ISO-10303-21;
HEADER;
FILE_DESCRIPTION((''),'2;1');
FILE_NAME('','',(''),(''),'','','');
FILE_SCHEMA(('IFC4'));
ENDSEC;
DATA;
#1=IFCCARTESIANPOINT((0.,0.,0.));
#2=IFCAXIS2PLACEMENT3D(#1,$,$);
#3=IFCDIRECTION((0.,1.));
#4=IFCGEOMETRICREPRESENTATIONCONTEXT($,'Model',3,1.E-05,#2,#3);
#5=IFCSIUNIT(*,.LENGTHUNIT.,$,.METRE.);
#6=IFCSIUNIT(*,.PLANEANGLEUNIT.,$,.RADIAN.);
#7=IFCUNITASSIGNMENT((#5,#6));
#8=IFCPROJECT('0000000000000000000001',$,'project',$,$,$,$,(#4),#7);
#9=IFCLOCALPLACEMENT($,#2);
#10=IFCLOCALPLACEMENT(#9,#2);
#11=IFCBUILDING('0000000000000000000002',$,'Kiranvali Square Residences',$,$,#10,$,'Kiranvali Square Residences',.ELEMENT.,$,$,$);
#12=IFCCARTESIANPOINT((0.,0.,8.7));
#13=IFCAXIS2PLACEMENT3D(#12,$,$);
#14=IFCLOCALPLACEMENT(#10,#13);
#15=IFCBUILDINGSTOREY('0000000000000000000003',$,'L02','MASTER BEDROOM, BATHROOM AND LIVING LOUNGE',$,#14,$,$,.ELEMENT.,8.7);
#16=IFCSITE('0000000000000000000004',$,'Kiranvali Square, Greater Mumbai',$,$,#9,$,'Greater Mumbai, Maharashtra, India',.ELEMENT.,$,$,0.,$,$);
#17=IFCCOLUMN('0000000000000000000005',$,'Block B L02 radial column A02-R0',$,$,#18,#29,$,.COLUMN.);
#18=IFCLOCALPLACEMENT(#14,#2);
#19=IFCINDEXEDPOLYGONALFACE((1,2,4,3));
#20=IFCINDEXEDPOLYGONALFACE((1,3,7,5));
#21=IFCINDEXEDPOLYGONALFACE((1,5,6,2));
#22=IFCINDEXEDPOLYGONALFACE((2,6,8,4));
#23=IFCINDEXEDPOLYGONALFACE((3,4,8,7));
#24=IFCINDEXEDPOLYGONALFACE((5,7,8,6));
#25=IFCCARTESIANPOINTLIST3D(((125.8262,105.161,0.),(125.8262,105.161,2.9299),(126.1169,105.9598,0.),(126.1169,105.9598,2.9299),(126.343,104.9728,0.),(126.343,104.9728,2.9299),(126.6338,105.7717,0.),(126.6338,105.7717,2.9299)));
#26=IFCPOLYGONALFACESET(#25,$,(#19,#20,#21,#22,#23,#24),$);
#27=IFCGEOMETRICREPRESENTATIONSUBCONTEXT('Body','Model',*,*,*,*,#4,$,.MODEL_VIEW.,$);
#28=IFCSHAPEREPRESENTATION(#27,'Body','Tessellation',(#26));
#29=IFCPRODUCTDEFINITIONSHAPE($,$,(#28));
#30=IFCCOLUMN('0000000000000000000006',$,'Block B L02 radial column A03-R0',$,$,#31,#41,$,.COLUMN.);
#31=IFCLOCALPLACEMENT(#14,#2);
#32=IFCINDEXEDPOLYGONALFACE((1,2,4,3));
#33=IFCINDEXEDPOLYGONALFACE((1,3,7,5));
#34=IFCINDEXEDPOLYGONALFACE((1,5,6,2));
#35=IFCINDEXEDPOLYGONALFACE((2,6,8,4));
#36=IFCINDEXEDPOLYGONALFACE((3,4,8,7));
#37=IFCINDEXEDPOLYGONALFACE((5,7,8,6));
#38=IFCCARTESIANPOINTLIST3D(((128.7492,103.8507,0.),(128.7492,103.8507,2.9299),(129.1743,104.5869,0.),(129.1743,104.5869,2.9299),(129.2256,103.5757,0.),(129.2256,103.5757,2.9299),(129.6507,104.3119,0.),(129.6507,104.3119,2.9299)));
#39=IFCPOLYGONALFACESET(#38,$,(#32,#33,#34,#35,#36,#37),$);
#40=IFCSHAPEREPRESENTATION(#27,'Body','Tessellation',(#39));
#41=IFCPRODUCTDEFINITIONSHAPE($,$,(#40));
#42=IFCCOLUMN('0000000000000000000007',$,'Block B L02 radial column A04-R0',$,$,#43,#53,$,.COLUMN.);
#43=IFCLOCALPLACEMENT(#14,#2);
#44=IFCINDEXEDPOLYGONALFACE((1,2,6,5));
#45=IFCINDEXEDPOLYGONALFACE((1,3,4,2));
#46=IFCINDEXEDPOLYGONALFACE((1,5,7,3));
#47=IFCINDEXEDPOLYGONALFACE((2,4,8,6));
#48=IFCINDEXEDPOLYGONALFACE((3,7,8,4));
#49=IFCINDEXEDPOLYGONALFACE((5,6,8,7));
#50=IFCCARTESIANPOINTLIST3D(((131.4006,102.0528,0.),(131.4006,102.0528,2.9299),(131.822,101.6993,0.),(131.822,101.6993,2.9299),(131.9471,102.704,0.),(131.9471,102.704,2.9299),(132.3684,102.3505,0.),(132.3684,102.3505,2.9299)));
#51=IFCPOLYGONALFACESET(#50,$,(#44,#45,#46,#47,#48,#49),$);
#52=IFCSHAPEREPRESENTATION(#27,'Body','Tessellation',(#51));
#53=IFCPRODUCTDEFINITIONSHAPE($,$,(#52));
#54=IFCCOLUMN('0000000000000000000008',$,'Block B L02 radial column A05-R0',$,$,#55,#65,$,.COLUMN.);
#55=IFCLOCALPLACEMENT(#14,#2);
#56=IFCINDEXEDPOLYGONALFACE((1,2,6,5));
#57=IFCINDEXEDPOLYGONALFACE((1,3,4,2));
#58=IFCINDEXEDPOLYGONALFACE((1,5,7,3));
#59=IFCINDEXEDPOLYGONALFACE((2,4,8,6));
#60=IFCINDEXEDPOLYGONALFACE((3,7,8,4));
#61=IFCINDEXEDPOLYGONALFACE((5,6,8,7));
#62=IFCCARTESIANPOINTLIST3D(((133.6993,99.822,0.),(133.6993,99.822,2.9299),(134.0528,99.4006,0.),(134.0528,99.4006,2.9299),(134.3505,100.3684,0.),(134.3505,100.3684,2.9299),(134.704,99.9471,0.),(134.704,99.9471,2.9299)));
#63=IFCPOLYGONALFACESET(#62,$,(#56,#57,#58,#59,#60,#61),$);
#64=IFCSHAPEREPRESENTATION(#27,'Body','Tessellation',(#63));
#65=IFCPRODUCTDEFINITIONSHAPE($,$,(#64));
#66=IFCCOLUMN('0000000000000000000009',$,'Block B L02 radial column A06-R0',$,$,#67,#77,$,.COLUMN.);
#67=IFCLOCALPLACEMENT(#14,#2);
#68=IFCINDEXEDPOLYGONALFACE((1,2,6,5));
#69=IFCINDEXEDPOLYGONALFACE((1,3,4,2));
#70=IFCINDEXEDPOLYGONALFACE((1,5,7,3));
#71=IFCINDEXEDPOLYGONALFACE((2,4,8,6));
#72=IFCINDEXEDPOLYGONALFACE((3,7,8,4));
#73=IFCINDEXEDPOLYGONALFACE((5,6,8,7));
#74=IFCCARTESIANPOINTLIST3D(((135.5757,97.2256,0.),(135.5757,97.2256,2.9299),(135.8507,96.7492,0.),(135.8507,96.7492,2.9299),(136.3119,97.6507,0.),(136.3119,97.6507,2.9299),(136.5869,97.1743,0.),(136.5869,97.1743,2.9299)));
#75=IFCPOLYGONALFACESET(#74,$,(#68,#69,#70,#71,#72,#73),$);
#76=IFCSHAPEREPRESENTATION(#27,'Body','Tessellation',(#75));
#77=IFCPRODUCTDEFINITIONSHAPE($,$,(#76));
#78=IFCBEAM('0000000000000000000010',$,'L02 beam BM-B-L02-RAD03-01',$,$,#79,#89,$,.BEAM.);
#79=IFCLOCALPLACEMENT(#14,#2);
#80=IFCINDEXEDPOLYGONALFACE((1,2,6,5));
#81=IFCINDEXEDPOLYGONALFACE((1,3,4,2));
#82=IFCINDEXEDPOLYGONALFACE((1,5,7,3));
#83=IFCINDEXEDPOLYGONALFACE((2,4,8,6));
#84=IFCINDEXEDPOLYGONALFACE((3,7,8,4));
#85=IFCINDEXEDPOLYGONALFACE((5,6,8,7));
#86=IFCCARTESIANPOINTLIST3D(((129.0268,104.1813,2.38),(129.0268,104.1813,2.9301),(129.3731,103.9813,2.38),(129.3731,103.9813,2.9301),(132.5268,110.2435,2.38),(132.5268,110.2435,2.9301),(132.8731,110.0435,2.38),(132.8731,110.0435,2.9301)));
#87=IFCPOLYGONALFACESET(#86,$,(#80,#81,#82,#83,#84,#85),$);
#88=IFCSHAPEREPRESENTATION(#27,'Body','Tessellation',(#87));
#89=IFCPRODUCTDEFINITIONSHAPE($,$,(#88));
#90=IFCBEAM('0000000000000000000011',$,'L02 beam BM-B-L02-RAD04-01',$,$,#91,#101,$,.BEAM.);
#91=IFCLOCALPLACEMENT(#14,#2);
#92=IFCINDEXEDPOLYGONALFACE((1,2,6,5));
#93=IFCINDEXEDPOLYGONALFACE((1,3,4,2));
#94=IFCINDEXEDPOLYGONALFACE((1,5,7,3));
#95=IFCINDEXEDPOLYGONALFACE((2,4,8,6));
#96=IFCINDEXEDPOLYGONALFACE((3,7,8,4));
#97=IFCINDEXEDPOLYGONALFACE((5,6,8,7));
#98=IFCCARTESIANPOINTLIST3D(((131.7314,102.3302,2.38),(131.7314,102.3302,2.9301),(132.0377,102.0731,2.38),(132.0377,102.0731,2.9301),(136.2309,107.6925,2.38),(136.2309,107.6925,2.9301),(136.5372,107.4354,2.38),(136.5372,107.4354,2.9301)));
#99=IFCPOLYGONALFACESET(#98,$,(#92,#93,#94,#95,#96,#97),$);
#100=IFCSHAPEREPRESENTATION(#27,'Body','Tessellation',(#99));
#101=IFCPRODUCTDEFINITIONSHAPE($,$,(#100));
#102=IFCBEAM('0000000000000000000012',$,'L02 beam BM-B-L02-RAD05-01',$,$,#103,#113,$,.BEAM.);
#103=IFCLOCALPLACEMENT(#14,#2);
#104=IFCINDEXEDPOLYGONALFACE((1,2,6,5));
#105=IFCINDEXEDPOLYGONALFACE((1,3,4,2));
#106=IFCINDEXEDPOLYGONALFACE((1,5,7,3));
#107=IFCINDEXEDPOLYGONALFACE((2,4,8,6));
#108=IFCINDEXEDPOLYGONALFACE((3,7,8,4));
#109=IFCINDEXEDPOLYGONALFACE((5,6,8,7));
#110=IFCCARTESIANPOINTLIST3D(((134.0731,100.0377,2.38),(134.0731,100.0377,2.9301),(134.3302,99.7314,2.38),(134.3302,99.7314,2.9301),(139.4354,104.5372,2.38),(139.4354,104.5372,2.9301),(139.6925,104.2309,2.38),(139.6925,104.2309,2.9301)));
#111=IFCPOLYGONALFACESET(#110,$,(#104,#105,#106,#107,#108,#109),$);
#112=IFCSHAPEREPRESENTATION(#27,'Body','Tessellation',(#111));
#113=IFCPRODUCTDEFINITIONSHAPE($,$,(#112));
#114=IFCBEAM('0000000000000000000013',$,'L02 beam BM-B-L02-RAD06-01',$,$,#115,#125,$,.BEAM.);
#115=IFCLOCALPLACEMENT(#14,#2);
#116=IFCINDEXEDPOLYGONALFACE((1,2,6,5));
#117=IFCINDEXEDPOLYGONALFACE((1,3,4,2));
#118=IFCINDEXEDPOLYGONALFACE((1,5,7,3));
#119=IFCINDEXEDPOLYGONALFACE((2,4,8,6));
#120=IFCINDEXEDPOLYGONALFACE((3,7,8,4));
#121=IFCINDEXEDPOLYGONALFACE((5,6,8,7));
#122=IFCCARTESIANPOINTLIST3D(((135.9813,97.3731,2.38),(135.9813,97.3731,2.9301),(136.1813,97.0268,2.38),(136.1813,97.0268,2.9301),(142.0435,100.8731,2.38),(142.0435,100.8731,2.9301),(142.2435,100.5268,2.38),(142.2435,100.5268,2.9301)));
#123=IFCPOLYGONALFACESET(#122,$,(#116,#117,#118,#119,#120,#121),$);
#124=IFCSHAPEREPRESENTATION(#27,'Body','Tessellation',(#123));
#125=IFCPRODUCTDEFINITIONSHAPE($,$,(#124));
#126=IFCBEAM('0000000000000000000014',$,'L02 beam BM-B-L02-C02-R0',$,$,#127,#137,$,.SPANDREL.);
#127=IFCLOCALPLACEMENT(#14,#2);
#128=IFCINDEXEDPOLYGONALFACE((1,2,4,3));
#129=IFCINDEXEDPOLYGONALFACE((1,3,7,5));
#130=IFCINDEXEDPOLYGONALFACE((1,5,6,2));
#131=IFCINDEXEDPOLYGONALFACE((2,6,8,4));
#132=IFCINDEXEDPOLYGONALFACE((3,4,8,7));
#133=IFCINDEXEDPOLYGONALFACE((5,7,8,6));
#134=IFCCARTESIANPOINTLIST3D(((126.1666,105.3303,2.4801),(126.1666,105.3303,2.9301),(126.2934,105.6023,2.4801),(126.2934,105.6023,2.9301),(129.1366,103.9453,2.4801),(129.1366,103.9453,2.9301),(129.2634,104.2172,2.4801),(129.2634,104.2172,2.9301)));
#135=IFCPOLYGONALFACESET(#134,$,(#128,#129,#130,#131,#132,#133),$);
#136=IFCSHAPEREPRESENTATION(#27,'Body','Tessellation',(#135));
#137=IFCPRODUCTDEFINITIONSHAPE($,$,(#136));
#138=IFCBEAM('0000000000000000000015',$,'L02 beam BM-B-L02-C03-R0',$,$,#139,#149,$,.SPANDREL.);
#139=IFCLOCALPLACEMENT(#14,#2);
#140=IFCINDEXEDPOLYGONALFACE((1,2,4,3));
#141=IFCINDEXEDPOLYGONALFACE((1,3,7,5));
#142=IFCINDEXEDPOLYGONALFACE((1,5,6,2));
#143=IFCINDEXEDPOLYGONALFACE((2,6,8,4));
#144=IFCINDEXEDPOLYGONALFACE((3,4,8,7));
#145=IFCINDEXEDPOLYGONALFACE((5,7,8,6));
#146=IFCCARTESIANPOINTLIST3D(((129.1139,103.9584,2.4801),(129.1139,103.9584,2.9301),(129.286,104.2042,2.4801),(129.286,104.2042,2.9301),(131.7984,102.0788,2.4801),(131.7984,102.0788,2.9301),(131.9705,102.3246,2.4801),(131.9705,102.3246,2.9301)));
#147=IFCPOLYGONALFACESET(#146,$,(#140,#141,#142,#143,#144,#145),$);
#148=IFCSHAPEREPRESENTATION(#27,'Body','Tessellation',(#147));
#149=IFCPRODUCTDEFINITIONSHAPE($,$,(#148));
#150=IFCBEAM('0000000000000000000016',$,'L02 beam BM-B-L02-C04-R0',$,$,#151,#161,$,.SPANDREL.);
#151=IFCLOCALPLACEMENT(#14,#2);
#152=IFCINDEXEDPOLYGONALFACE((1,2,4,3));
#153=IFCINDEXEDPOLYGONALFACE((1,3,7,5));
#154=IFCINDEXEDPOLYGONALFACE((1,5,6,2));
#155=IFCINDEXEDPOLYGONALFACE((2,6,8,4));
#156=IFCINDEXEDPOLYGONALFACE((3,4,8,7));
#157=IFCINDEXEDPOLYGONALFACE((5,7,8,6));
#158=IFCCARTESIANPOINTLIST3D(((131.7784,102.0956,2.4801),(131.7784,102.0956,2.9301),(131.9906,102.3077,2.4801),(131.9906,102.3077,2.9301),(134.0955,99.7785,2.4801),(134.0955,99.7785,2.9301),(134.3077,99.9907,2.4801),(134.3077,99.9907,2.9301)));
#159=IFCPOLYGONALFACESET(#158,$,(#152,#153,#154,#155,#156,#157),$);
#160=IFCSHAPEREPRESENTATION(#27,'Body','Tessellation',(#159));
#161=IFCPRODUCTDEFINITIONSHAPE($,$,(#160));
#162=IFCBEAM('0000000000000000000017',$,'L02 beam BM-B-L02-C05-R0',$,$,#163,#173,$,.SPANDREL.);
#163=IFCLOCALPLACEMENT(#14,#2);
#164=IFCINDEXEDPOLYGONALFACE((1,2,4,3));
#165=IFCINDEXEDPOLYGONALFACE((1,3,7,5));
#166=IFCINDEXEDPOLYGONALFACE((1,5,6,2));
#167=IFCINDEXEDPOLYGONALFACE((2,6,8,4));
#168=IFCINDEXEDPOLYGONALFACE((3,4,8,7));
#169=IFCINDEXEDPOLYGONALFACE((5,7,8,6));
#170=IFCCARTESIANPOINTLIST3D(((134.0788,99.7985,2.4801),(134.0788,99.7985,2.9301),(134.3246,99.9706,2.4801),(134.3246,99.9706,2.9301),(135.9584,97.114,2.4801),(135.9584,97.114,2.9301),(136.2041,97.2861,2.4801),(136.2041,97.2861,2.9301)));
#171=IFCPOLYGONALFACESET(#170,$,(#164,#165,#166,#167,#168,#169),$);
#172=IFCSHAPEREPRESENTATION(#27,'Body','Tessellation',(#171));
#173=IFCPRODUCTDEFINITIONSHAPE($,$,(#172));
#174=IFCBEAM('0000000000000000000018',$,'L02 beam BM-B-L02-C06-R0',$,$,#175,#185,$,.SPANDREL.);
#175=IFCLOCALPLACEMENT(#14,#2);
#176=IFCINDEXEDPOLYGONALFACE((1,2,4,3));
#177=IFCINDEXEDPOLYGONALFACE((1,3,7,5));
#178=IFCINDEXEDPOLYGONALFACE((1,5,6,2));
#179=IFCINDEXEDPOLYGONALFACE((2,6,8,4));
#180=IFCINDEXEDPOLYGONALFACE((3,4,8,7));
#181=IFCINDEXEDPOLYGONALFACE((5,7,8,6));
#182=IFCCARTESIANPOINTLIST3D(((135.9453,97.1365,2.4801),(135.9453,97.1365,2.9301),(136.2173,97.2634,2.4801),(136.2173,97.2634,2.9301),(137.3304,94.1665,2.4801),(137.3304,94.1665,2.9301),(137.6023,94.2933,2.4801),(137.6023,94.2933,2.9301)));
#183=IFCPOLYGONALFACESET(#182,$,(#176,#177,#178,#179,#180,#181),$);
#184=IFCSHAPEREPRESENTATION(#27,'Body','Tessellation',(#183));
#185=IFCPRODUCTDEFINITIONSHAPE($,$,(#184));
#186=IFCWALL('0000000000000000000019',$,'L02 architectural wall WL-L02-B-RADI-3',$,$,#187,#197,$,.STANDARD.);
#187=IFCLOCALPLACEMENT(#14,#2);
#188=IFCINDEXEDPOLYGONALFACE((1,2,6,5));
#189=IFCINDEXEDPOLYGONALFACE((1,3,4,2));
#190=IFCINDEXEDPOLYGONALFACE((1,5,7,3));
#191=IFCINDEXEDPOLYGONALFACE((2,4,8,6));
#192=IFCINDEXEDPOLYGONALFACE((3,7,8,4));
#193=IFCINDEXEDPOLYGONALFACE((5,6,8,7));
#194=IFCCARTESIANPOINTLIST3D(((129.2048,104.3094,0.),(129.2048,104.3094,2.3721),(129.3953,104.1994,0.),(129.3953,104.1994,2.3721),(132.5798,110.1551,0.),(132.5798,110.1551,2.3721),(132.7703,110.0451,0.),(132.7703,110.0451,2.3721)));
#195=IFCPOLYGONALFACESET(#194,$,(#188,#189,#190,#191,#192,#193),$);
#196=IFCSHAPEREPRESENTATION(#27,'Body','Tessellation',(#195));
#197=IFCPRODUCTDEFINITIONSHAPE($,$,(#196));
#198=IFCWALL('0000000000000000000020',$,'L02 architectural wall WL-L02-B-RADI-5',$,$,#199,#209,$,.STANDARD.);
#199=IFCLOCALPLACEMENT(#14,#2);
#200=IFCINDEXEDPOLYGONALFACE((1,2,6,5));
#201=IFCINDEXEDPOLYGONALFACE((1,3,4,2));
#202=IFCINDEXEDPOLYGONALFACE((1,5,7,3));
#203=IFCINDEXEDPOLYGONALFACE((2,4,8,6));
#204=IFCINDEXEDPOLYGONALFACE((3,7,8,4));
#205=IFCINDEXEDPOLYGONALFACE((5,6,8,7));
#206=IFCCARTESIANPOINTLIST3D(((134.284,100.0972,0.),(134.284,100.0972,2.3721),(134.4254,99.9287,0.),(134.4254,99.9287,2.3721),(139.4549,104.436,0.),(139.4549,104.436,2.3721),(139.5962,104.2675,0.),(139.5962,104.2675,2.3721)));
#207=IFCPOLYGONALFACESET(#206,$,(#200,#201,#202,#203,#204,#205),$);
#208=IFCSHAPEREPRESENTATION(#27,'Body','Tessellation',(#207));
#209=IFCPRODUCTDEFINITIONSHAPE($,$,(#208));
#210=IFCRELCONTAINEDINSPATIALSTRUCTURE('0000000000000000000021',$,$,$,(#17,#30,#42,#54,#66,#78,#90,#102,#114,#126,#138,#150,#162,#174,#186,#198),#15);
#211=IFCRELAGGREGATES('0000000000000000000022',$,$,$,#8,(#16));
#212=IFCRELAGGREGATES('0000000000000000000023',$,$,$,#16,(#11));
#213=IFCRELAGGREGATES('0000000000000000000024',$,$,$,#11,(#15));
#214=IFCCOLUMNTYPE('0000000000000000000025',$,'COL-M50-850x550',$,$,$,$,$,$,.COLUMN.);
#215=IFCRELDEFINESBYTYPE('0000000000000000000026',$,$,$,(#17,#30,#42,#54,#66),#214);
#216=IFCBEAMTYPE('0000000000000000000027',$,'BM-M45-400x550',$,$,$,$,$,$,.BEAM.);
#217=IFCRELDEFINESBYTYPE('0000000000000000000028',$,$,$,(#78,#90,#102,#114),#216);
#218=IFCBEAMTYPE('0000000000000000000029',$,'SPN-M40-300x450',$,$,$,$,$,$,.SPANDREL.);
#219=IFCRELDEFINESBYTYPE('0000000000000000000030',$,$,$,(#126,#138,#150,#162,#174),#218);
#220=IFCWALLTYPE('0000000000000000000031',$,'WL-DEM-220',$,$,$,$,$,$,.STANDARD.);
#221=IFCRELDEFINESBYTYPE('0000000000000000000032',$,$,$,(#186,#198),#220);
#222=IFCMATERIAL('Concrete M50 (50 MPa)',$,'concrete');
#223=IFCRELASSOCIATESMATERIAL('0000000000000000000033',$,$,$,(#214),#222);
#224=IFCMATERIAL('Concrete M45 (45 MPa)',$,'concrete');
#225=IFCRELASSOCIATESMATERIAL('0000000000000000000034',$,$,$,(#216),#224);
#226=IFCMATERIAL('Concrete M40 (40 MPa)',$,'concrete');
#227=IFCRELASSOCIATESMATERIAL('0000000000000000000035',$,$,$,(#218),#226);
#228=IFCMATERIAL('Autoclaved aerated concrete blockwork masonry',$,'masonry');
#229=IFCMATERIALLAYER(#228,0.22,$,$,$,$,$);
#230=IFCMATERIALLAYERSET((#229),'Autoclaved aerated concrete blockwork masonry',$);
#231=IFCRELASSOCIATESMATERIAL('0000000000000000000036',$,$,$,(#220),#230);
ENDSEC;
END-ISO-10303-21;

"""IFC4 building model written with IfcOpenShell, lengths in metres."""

from ifc_helpers import new_model, si_unit, direction, frame, frame_2d, origin, origin_2d, place, context, subcontext, project, spatial, rectangle, extrude, material, layer, layer_set, material_profile, profile_set, type_object, element, save


model = new_model("IFC4")

# Units and contexts
model_context = context("Model", 3, precision=1e-05, world=origin(), true_north=direction((0.0, 1.0)))
body_context = subcontext(model_context, "Body", "Model", "MODEL_VIEW")
ifc_project = project(units=[si_unit("LENGTHUNIT", "METRE"), si_unit("PLANEANGLEUNIT", "RADIAN")], contexts=[model_context])

# Site, building, storey
site_placement = place(None, origin())
site = spatial("IfcSite", under=ifc_project, at=site_placement, Name="Kiranvali Square, Greater Mumbai", LongName="Greater Mumbai, Maharashtra, India", CompositionType="ELEMENT", RefElevation=0.0)
building_placement = place(site_placement, origin())
building = spatial("IfcBuilding", under=site, at=building_placement, Name="Kiranvali Square Residences", LongName="Kiranvali Square Residences", CompositionType="ELEMENT")
storey_placement = place(building_placement, frame((0.0, 0.0, 8.7)))
storey = spatial("IfcBuildingStorey", under=building, at=storey_placement, Name="L02", Description="MASTER BEDROOM, BATHROOM AND LIVING LOUNGE", CompositionType="ELEMENT", Elevation=8.7)

# Columns
ifc_material_1 = material(Name="Concrete M50 (50 MPa)", Category="concrete")
ifc_material_profile_1 = material_profile(ifc_material_1, rectangle(XDim=0.55, YDim=0.8501, at=origin_2d()), Name="RC 850x550")
ifc_profile_set_1 = profile_set([ifc_material_profile_1], Name="Concrete M50 (50 MPa)")
column_type = type_object("IfcColumnType", Name="COL-M50-850x550", PredefinedType="COLUMN", material=ifc_profile_set_1)
for number, where, z_axis, x_axis, name in (
    (1, (126.23, 105.4663, 0.0), (0.0, 0.0, 1.0), (-0.939693, 0.34202, 0.0), "Block B L02 radial column A02-R0"),
    (2, (129.2, 104.0813, 0.0), (0.0, 0.0, 1.0), (-0.866025, 0.5, 0.0), "Block B L02 radial column A03-R0"),
    (3, (131.8845, 102.2017, 0.0), (0.0, 0.0, 1.0), (-0.766044, 0.642788, 0.0), "Block B L02 radial column A04-R0"),
    (4, (134.2017, 99.8845, 0.0), (0.0, 0.0, 1.0), (-0.642788, 0.766044, 0.0), "Block B L02 radial column A05-R0"),
    (5, (136.0813, 97.2, 0.0), (0.0, 0.0, 1.0), (-0.5, 0.866025, 0.0), "Block B L02 radial column A06-R0"),
):
    element("IfcColumn", number, at=place(storey_placement, frame(where, z_axis=z_axis, x_axis=x_axis)), inside=storey, type_object=column_type, Name=name, PredefinedType="COLUMN", context=body_context, shape_type="SweptSolid", body=[
        extrude(rectangle(XDim=0.55, YDim=0.8501, at=origin_2d()), origin(), (0.0, 0.0, 1.0), 2.9299),
    ])

# Beams
ifc_material_2 = material(Name="Concrete M45 (45 MPa)", Category="concrete")
ifc_material_profile_2 = material_profile(ifc_material_2, rectangle(XDim=0.3999, YDim=0.55, at=origin_2d()), Name="RC 400x550")
ifc_profile_set_2 = profile_set([ifc_material_profile_2], Name="Concrete M45 (45 MPa)")
beam_type_1 = type_object("IfcBeamType", Name="BM-M45-400x550", PredefinedType="BEAM", material=ifc_profile_set_2)
for number, where, z_axis, x_axis, name in (
    (6, (129.2, 104.0813, 2.655), (0.499995, 0.866028, 0.0), (-0.866028, 0.499995, 0.0), "L02 beam BM-B-L02-RAD03-01"),
    (7, (131.8845, 102.2017, 2.655), (0.642788, 0.766044, 0.0), (-0.766044, 0.642788, 0.0), "L02 beam BM-B-L02-RAD04-01"),
    (8, (134.2017, 99.8845, 2.655), (0.766044, 0.642788, 0.0), (-0.642788, 0.766044, 0.0), "L02 beam BM-B-L02-RAD05-01"),
    (9, (136.0813, 97.2, 2.655), (0.866028, 0.499995, 0.0), (-0.499995, 0.866028, 0.0), "L02 beam BM-B-L02-RAD06-01"),
):
    element("IfcBeam", number, at=place(storey_placement, frame(where, z_axis=z_axis, x_axis=x_axis)), inside=storey, type_object=beam_type_1, Name=name, PredefinedType="BEAM", context=body_context, shape_type="SweptSolid", body=[
        extrude(rectangle(XDim=0.3999, YDim=0.55, at=origin_2d()), origin(), (0.0, 0.0, 1.0), 7.0),
    ])
ifc_material_3 = material(Name="Concrete M40 (40 MPa)", Category="concrete")
ifc_material_profile_3 = material_profile(ifc_material_3, rectangle(XDim=0.3, YDim=0.45, at=origin_2d()), Name="RC 300x450")
ifc_profile_set_3 = profile_set([ifc_material_profile_3], Name="Concrete M40 (40 MPa)")
beam_type_2 = type_object("IfcBeamType", Name="SPN-M40-300x450", PredefinedType="SPANDREL", material=ifc_profile_set_3)
for number, where, z_axis, x_axis, name in (
    (10, (126.23, 105.4663, 2.7051), (0.906297, -0.422641, 0.0), (0.422641, 0.906297, 0.0), "L02 beam BM-B-L02-C02-R0"),
    (11, (129.2, 104.0813, 2.7051), (0.819169, -0.573552, 0.0), (0.573552, 0.819169, 0.0), "L02 beam BM-B-L02-C03-R0"),
):
    element("IfcBeam", number, at=place(storey_placement, frame(where, z_axis=z_axis, x_axis=x_axis)), inside=storey, type_object=beam_type_2, Name=name, PredefinedType="SPANDREL", context=body_context, shape_type="SweptSolid", body=[
        extrude(rectangle(XDim=0.3, YDim=0.45, at=origin_2d()), origin(), (0.0, 0.0, 1.0), 3.2771),
    ])
beam_placement = place(storey_placement, frame((131.8845, 102.2017, 2.7051), z_axis=(0.707107, -0.707107, 0.0), x_axis=(0.707107, 0.707107, 0.0)))
element("IfcBeam", 12, at=beam_placement, inside=storey, type_object=beam_type_2, Name="L02 beam BM-B-L02-C04-R0", PredefinedType="SPANDREL", context=body_context, shape_type="SweptSolid", body=[
    extrude(rectangle(XDim=0.3, YDim=0.45, at=origin_2d()), origin(), (0.0, 0.0, 1.0), 3.2769),
])
for number, where, z_axis, x_axis, name in (
    (13, (134.2017, 99.8845, 2.7051), (0.573552, -0.819169, 0.0), (0.819169, 0.573552, 0.0), "L02 beam BM-B-L02-C05-R0"),
    (14, (136.0813, 97.2, 2.7051), (0.422641, -0.906297, 0.0), (0.906297, 0.422641, 0.0), "L02 beam BM-B-L02-C06-R0"),
):
    element("IfcBeam", number, at=place(storey_placement, frame(where, z_axis=z_axis, x_axis=x_axis)), inside=storey, type_object=beam_type_2, Name=name, PredefinedType="SPANDREL", context=body_context, shape_type="SweptSolid", body=[
        extrude(rectangle(XDim=0.3, YDim=0.45, at=origin_2d()), origin(), (0.0, 0.0, 1.0), 3.2771),
    ])

# Walls
ifc_material_4 = material(Name="Autoclaved aerated concrete blockwork masonry", Category="masonry")
ifc_layer_1 = layer(ifc_material_4, 0.22)
ifc_layer_set_1 = layer_set([ifc_layer_1], Name="Autoclaved aerated concrete blockwork masonry")
wall_type_1 = type_object("IfcWallType", Name="WL-DEM-220", PredefinedType="STANDARD", material=ifc_layer_set_1)
for number, where, z_axis, x_axis, name in (
    (15, (129.3, 104.2544, 0.0), (0.0, 0.0, 1.0), (0.499998, 0.866027, 0.0), "L02 architectural wall WL-L02-B-RADI-3"),
    (16, (134.3547, 100.0129, 0.0), (0.0, 0.0, 1.0), (0.766047, 0.642785, 0.0), "L02 architectural wall WL-L02-B-RADI-5"),
):
    element("IfcWall", number, at=place(storey_placement, frame(where, z_axis=z_axis, x_axis=x_axis)), inside=storey, type_object=wall_type_1, Name=name, PredefinedType="STANDARD", context=body_context, shape_type="SweptSolid", body=[
        extrude(rectangle(XDim=6.75, YDim=0.22, at=frame_2d((3.375, 0.0))), origin(), (0.0, 0.0, 1.0), 2.3721),
    ])

save(model, "model.ifc")
